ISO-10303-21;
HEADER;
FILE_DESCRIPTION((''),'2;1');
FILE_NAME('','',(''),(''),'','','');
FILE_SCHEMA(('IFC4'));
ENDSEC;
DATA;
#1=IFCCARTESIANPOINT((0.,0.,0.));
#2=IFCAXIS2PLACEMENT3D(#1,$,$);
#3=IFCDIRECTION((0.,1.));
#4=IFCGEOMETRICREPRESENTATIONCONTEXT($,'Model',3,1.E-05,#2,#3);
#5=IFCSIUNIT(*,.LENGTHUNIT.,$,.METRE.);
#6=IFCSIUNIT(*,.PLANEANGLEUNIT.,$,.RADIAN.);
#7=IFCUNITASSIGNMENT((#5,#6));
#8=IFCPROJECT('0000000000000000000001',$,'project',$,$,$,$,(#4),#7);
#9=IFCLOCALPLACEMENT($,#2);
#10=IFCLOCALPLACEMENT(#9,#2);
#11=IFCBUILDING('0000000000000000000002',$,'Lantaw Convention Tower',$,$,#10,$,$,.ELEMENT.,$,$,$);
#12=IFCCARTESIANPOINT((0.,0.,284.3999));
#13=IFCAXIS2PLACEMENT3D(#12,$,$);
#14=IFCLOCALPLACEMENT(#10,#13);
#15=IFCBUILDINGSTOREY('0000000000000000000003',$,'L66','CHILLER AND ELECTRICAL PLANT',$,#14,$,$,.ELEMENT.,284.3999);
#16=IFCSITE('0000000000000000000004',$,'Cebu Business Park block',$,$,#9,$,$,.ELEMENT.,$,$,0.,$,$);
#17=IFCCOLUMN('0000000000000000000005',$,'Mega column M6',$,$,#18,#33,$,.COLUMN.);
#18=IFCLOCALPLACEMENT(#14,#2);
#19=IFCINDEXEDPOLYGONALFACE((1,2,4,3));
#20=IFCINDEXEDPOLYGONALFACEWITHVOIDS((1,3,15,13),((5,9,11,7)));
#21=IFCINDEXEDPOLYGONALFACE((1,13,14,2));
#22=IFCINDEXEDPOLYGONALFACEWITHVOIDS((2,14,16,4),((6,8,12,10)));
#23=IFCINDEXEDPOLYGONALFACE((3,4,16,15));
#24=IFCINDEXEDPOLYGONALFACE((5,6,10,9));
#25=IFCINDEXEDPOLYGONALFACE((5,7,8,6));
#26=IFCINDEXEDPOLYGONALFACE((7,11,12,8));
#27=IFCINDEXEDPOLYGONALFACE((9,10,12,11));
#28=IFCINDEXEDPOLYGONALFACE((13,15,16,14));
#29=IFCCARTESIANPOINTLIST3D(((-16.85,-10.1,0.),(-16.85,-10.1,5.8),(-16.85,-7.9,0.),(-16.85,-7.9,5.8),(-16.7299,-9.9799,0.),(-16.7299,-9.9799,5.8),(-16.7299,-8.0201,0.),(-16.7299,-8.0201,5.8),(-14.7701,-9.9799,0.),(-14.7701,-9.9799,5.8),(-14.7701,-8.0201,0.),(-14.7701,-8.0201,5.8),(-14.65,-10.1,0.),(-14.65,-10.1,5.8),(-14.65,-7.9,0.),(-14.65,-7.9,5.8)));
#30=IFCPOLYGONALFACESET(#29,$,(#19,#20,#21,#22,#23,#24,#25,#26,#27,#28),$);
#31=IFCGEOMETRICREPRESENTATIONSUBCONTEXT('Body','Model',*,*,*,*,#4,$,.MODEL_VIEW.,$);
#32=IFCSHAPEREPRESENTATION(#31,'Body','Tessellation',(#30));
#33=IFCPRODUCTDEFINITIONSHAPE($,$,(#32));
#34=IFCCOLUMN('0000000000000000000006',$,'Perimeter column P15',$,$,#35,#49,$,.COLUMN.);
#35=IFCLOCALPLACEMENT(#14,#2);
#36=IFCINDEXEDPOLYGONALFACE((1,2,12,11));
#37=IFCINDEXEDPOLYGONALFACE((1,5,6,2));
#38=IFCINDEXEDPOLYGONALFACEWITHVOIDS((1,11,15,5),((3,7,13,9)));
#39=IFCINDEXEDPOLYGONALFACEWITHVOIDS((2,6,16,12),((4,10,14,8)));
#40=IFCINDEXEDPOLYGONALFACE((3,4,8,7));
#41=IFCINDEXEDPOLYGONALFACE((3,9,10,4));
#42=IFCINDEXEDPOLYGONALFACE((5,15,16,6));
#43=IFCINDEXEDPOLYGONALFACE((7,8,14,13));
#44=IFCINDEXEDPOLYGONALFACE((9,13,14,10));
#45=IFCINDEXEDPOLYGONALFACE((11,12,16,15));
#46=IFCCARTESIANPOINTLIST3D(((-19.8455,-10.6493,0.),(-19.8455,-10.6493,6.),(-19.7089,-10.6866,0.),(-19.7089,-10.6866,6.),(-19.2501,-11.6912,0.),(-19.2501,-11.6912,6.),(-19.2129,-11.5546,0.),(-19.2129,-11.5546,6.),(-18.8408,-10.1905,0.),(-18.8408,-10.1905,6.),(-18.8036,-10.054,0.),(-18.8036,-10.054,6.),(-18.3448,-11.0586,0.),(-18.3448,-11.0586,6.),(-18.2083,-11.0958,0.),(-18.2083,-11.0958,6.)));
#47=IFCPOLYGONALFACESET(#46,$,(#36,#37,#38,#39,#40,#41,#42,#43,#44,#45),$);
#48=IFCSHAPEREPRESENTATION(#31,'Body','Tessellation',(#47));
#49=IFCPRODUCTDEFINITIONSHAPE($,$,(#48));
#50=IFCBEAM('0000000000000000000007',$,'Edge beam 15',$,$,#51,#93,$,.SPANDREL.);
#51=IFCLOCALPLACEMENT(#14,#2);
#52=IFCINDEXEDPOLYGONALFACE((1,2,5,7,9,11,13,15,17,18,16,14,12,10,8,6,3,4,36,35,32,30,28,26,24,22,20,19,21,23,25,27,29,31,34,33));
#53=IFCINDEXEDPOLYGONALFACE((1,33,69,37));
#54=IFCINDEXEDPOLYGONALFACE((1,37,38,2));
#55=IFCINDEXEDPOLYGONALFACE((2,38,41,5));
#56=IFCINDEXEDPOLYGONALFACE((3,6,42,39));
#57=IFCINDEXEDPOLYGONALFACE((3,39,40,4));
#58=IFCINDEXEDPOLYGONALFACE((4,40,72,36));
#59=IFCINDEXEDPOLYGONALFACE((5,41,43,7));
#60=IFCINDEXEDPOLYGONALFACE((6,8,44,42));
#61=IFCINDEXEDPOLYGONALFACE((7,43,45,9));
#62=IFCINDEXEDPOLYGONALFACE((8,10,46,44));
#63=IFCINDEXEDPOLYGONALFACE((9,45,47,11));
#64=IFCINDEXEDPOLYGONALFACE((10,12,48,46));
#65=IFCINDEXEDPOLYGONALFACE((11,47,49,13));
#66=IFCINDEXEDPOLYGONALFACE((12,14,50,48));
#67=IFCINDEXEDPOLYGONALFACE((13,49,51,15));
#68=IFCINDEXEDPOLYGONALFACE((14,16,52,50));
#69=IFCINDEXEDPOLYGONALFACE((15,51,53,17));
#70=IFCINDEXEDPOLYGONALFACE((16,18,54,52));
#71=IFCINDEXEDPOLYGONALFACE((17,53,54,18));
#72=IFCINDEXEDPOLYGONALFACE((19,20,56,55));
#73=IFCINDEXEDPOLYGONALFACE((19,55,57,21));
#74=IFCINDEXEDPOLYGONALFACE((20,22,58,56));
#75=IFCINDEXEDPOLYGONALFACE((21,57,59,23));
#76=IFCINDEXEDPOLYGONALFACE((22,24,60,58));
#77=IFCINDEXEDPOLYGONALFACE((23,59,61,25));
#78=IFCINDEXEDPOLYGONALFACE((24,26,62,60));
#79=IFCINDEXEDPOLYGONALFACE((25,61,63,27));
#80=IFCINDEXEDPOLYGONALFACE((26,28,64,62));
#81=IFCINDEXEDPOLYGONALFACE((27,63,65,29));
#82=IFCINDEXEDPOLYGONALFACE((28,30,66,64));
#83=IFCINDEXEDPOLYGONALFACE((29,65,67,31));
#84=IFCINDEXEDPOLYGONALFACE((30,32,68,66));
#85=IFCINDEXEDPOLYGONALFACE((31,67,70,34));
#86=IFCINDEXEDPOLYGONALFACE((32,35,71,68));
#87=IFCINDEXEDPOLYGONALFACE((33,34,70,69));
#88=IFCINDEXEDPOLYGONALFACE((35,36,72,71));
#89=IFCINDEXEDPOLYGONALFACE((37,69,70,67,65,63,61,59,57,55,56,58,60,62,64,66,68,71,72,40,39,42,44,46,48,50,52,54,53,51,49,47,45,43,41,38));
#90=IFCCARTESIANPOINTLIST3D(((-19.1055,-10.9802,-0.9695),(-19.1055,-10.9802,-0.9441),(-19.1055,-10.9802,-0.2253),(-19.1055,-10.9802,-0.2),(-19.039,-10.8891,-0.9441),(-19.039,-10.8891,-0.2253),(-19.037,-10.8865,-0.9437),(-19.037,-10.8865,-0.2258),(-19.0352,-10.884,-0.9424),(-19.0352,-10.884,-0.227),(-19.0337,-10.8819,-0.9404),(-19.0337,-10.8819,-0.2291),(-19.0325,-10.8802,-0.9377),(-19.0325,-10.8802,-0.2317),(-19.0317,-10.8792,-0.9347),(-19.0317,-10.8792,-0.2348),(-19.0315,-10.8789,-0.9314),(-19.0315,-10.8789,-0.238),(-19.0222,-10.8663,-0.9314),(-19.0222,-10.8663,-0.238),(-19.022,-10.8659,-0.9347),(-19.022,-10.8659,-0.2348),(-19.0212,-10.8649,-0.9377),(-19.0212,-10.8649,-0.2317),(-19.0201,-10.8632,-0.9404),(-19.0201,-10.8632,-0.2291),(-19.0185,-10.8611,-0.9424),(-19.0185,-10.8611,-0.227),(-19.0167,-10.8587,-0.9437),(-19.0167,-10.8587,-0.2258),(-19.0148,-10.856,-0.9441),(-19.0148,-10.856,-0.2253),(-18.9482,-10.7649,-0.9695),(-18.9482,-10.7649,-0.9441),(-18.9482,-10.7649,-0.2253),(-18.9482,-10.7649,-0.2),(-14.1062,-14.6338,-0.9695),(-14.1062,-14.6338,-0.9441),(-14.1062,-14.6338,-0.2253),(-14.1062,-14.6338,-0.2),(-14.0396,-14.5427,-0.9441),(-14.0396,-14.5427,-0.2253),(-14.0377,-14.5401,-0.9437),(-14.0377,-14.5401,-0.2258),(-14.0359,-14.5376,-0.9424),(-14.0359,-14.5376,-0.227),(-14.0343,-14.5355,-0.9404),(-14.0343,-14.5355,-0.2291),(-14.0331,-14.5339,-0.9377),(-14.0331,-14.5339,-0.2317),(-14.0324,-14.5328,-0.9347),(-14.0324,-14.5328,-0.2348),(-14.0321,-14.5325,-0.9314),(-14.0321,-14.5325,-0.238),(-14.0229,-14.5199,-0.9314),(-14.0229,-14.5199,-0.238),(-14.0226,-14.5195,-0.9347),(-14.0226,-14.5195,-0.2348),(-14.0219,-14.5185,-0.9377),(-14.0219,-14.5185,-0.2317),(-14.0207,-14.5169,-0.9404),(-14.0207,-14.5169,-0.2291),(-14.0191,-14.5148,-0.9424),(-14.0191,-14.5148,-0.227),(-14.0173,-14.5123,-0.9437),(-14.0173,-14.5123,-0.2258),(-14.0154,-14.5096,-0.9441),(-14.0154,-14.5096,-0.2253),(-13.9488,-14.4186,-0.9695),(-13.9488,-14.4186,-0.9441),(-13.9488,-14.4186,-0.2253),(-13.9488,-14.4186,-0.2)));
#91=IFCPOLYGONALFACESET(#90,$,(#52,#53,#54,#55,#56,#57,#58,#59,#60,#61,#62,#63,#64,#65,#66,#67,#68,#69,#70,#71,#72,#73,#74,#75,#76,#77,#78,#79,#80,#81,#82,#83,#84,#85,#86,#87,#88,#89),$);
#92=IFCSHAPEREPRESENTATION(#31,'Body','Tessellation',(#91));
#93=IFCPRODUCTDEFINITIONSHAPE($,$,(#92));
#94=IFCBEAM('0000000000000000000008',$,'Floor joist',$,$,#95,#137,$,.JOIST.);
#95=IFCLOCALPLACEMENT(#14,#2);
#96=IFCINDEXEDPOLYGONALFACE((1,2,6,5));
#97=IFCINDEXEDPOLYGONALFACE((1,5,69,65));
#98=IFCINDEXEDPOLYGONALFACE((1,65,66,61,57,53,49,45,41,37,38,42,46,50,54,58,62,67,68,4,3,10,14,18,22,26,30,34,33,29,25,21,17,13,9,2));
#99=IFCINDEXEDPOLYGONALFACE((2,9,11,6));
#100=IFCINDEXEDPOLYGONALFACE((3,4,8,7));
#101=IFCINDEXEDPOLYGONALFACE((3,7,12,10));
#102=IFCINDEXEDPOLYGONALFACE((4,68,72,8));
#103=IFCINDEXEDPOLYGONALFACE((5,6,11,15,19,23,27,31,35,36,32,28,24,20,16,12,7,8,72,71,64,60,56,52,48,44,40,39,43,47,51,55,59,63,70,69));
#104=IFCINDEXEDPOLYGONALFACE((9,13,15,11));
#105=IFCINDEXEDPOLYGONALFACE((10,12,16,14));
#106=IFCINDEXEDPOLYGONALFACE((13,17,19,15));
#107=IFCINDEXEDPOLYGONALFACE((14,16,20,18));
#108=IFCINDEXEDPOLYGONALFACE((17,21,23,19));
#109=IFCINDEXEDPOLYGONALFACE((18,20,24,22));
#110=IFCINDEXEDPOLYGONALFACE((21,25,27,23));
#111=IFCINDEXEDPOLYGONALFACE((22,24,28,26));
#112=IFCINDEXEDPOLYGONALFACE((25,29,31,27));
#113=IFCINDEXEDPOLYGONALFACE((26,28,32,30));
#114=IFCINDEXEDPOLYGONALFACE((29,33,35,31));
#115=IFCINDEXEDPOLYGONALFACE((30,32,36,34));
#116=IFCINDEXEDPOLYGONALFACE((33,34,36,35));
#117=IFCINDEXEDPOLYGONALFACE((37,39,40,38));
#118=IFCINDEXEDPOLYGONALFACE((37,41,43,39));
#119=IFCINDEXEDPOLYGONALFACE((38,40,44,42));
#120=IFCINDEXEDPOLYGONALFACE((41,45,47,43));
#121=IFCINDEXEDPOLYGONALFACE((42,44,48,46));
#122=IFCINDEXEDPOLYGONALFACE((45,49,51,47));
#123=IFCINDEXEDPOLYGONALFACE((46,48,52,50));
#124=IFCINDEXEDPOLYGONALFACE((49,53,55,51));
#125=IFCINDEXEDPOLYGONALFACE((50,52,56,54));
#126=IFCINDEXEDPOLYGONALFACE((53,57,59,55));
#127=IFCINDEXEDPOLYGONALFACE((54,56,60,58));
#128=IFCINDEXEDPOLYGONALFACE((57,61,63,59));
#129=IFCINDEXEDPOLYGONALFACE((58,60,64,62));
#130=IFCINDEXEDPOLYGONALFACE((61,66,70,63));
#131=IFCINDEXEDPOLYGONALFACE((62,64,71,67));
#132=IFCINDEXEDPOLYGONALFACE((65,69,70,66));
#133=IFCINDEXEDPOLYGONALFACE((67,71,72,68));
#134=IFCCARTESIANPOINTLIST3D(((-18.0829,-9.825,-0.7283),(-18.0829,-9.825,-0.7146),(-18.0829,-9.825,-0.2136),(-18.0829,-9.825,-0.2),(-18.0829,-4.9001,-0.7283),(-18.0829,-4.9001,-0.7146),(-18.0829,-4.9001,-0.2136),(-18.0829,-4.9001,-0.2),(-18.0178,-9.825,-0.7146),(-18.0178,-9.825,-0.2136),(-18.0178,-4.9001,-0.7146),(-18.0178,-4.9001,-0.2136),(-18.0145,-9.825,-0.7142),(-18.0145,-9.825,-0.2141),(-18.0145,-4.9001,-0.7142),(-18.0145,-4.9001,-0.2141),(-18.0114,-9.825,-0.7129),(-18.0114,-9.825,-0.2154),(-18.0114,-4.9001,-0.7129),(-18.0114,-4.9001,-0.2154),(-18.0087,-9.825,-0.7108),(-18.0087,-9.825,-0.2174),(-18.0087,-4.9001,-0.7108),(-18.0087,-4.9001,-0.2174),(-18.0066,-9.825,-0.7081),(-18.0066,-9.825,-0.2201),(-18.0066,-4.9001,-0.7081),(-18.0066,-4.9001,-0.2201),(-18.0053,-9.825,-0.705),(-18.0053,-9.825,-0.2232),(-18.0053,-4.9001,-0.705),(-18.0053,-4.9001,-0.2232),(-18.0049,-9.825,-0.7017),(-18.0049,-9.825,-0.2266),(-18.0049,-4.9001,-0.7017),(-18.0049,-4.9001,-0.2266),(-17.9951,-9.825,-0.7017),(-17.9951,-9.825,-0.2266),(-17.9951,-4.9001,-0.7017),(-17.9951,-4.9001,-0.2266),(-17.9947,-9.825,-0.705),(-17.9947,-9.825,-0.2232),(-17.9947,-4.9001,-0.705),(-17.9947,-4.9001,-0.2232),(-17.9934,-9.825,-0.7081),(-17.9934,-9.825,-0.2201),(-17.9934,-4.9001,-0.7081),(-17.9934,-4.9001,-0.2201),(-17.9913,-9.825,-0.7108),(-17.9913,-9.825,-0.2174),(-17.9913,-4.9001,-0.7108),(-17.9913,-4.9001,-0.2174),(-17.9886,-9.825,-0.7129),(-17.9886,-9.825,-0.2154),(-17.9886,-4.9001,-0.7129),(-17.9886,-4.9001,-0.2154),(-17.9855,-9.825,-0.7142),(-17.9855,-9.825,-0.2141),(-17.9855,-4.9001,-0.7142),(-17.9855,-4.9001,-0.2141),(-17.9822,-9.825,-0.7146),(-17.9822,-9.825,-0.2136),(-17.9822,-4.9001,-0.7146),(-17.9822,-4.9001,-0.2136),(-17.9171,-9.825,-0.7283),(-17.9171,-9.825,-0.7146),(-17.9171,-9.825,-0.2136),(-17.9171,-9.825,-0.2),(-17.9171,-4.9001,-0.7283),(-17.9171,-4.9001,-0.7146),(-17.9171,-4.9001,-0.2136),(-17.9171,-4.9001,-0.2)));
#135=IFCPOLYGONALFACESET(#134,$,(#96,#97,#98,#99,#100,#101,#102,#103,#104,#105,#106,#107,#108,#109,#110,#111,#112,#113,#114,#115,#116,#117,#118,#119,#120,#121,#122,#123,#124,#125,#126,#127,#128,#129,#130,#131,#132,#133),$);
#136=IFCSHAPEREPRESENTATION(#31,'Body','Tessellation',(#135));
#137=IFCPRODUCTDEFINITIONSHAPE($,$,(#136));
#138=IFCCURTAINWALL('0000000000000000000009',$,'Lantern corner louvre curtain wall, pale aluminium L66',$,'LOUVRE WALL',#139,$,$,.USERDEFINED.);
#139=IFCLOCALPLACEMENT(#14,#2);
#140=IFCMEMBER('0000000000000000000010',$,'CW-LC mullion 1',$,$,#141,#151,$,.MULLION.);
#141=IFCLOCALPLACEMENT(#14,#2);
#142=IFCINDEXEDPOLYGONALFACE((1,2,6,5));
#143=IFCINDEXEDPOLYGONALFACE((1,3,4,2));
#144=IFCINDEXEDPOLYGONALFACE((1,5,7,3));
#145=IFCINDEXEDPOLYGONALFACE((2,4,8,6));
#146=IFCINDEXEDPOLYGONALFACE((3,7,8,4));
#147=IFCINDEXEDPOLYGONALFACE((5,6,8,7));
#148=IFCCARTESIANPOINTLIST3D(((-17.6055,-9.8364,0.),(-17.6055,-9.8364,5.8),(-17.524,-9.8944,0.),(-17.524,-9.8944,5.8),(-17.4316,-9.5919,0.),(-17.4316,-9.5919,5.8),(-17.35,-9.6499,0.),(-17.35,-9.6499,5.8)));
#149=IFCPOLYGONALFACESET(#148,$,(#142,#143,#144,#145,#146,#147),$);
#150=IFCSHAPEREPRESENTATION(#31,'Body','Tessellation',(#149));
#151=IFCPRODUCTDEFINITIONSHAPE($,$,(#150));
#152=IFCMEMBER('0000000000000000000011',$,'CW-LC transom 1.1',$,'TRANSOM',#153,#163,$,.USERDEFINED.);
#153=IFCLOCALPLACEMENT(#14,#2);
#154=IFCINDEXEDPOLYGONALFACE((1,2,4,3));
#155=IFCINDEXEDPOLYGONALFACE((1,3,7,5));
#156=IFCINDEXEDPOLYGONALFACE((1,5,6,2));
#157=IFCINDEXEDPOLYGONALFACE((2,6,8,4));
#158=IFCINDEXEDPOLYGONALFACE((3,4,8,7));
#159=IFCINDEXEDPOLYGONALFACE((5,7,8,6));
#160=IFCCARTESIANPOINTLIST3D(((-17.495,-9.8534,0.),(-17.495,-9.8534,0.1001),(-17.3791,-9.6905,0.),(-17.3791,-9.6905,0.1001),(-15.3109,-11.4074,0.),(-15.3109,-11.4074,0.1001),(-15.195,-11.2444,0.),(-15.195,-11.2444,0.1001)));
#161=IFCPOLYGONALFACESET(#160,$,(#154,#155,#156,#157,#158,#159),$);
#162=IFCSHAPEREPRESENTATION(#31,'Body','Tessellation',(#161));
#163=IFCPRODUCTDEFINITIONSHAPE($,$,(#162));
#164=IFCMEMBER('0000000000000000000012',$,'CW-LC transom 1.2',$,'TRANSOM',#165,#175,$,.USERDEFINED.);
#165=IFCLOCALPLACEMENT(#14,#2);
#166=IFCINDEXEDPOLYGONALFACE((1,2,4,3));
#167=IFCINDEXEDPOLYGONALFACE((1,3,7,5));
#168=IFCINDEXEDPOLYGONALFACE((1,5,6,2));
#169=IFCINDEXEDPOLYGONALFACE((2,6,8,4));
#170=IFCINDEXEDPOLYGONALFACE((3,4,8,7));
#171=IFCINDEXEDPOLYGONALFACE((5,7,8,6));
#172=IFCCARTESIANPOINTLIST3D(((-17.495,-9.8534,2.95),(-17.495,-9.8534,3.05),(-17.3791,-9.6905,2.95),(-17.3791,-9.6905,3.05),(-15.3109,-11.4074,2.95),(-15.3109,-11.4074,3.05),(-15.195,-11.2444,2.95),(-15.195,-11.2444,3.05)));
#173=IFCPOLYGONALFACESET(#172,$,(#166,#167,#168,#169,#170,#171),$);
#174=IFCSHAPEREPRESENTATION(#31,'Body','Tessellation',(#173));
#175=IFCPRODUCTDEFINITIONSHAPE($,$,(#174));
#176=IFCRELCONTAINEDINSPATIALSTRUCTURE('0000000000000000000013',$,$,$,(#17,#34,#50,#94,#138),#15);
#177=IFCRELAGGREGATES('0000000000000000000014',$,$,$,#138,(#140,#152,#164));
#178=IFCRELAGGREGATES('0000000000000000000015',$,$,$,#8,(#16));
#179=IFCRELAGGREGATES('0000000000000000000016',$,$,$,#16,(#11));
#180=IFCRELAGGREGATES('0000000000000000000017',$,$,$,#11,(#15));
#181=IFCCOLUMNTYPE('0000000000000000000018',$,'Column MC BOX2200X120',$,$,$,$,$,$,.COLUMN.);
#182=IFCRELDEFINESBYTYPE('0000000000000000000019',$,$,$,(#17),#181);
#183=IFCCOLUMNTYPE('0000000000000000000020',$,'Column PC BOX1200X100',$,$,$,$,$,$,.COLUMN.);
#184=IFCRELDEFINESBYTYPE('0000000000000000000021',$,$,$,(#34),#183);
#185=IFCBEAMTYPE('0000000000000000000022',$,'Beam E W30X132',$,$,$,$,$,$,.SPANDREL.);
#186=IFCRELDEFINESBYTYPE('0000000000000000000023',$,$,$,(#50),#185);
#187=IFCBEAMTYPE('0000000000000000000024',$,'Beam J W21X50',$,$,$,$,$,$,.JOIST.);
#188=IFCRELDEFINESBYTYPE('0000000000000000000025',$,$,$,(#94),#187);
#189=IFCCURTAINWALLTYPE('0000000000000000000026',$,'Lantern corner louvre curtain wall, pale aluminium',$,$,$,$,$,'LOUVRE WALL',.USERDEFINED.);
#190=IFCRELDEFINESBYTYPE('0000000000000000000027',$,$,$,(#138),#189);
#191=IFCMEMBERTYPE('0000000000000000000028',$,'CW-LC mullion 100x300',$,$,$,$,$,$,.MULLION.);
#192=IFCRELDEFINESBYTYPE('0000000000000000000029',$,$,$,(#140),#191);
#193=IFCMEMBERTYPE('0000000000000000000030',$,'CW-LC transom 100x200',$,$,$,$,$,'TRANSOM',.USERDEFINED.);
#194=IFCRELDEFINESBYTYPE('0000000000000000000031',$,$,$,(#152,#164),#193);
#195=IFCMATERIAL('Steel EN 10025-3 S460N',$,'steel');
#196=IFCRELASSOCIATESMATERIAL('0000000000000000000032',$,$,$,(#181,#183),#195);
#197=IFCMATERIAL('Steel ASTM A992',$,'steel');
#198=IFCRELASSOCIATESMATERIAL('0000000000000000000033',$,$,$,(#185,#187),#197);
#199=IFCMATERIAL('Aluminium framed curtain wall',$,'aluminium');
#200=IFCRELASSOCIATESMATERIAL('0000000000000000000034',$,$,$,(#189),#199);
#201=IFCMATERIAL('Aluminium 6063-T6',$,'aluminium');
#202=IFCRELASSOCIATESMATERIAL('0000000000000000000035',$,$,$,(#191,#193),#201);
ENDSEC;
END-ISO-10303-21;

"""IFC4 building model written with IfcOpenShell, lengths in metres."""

from ifc_helpers import new_model, si_unit, direction, frame, origin, origin_2d, place, context, subcontext, project, spatial, rectangle, hollow_rectangle, i_section, extrude, material, material_profile, profile_set, type_object, element, aggregate, save


model = new_model("IFC4")

# Units and contexts
model_context = context("Model", 3, precision=1e-05, world=origin(), true_north=direction((0.0, 1.0)))
body_context = subcontext(model_context, "Body", "Model", "MODEL_VIEW")
ifc_project = project(units=[si_unit("LENGTHUNIT", "METRE"), si_unit("PLANEANGLEUNIT", "RADIAN")], contexts=[model_context])

# Site, building, storey
site_placement = place(None, origin())
site = spatial("IfcSite", under=ifc_project, at=site_placement, Name="Cebu Business Park block", CompositionType="ELEMENT", RefElevation=0.0)
building_placement = place(site_placement, origin())
building = spatial("IfcBuilding", under=site, at=building_placement, Name="Lantaw Convention Tower", CompositionType="ELEMENT")
storey_placement = place(building_placement, frame((0.0, 0.0, 284.3999)))
storey = spatial("IfcBuildingStorey", under=building, at=storey_placement, Name="L66", Description="CHILLER AND ELECTRICAL PLANT", CompositionType="ELEMENT", Elevation=284.3999)

# Columns
ifc_material_1 = material(Name="Steel EN 10025-3 S460N", Category="steel")
ifc_material_profile_1 = material_profile(ifc_material_1, hollow_rectangle(XDim=2.2, YDim=2.2, WallThickness=0.1201, at=origin_2d()), Name="BOX2200X120")
ifc_material_2 = material(Name="Concrete C60/75", Category="concrete")
ifc_material_profile_2 = material_profile(ifc_material_2, rectangle(XDim=1.96, YDim=1.96, at=origin_2d()), Name="Concrete fill of BOX2200X120")
ifc_profile_set_1 = profile_set([ifc_material_profile_1, ifc_material_profile_2], Name="Steel EN 10025-3 S460N")
column_type_1 = type_object("IfcColumnType", Name="Column MC BOX2200X120", PredefinedType="COLUMN", material=ifc_profile_set_1)
column_1_placement = place(storey_placement, frame((-15.75, -9.0, 0.0), z_axis=(0.0, 0.0, 1.0), x_axis=(1.0, 0.0, 0.0)))
element("IfcColumn", 1, at=column_1_placement, inside=storey, type_object=column_type_1, Name="Mega column M6", PredefinedType="COLUMN", context=body_context, shape_type="SweptSolid", body=[
    extrude(hollow_rectangle(XDim=2.2, YDim=2.2, WallThickness=0.1201, at=origin_2d()), origin(), (0.0, 0.0, 1.0), 5.8),
])
ifc_material_profile_3 = material_profile(ifc_material_1, hollow_rectangle(XDim=1.2, YDim=1.2, WallThickness=0.1001, at=origin_2d()), Name="BOX1200X100")
ifc_material_profile_4 = material_profile(ifc_material_2, rectangle(XDim=1.0, YDim=1.0, at=origin_2d()), Name="Concrete fill of BOX1200X100")
ifc_profile_set_2 = profile_set([ifc_material_profile_3, ifc_material_profile_4], Name="Steel EN 10025-3 S460N")
column_type_2 = type_object("IfcColumnType", Name="Column PC BOX1200X100", PredefinedType="COLUMN", material=ifc_profile_set_2)
column_2_placement = place(storey_placement, frame((-19.0269, -10.8726, 0.0), z_axis=(0.0, 0.0, 1.0), x_axis=(0.868243, 0.496139, 0.0)))
element("IfcColumn", 2, at=column_2_placement, inside=storey, type_object=column_type_2, Name="Perimeter column P15", PredefinedType="COLUMN", context=body_context, shape_type="SweptSolid", body=[
    extrude(hollow_rectangle(XDim=1.2, YDim=1.2, WallThickness=0.1001, at=origin_2d()), origin(), (0.0, 0.0, 1.0), 6.0),
])

# Beams
ifc_material_3 = material(Name="Steel ASTM A992", Category="steel")
ifc_material_profile_5 = material_profile(ifc_material_3, i_section(OverallWidth=0.2666, OverallDepth=0.7695, WebThickness=0.0156, FlangeThickness=0.0254, FilletRadius=0.0127, at=origin_2d()), Name="W30X132")
ifc_profile_set_3 = profile_set([ifc_material_profile_5], Name="Steel ASTM A992")
beam_type_1 = type_object("IfcBeamType", Name="Beam E W30X132", PredefinedType="SPANDREL", material=ifc_profile_set_3)
beam_1_placement = place(storey_placement, frame((-19.0269, -10.8726, -0.5847), z_axis=(0.807372, -0.590043, 0.0), x_axis=(0.590043, 0.807372, 0.0)))
element("IfcBeam", 3, at=beam_1_placement, inside=storey, type_object=beam_type_1, Name="Edge beam 15", PredefinedType="SPANDREL", context=body_context, shape_type="SweptSolid", body=[
    extrude(i_section(OverallWidth=0.2666, OverallDepth=0.7695, WebThickness=0.0156, FlangeThickness=0.0254, FilletRadius=0.0127, at=origin_2d()), origin(), (0.0, 0.0, 1.0), 6.1921),
])
ifc_material_profile_6 = material_profile(ifc_material_3, i_section(OverallWidth=0.1658, OverallDepth=0.5283, WebThickness=0.0098, FlangeThickness=0.0137, FilletRadius=0.0129, at=origin_2d()), Name="W21X50")
ifc_profile_set_4 = profile_set([ifc_material_profile_6], Name="Steel ASTM A992")
beam_type_2 = type_object("IfcBeamType", Name="Beam J W21X50", PredefinedType="JOIST", material=ifc_profile_set_4)
beam_2_placement = place(storey_placement, frame((-18.0, -9.825, -0.4641), z_axis=(0.0, 1.0, 0.0), x_axis=(-1.0, 0.0, 0.0)))
element("IfcBeam", 4, at=beam_2_placement, inside=storey, type_object=beam_type_2, Name="Floor joist", PredefinedType="JOIST", context=body_context, shape_type="SweptSolid", body=[
    extrude(i_section(OverallWidth=0.1658, OverallDepth=0.5283, WebThickness=0.0098, FlangeThickness=0.0137, FilletRadius=0.0129, at=origin_2d()), origin(), (0.0, 0.0, 1.0), 4.9248),
])

# Curtain wall, members
ifc_material_4 = material(Name="Aluminium framed curtain wall", Category="aluminium")
curtain_wall_type_1 = type_object("IfcCurtainWallType", Name="Lantern corner louvre curtain wall, pale aluminium", ElementType="LOUVRE WALL", PredefinedType="USERDEFINED", material=ifc_material_4)
curtain_wall_1_placement = place(storey_placement, origin())
curtain_wall_1 = element("IfcCurtainWall", 5, at=curtain_wall_1_placement, inside=storey, type_object=curtain_wall_type_1, Name="Lantern corner louvre curtain wall, pale aluminium L66", ObjectType="LOUVRE WALL", PredefinedType="USERDEFINED")
ifc_material_5 = material(Name="Aluminium 6063-T6", Category="aluminium")
ifc_material_profile_7 = material_profile(ifc_material_5, rectangle(XDim=0.3, YDim=0.1001, at=origin_2d()), Name="CW-LC mullion 100x300")
ifc_profile_set_5 = profile_set([ifc_material_profile_7], Name="Aluminium 6063-T6")
member_type_1 = type_object("IfcMemberType", Name="CW-LC mullion 100x300", PredefinedType="MULLION", material=ifc_profile_set_5)
member_1_placement = place(storey_placement, frame((-17.4778, -9.7432, 0.0), z_axis=(0.0, 0.0, 1.0), x_axis=(0.579684, 0.814841, 0.0)))
member_1 = element("IfcMember", 6, at=member_1_placement, type_object=member_type_1, Name="CW-LC mullion 1", PredefinedType="MULLION", context=body_context, shape_type="SweptSolid", body=[
    extrude(rectangle(XDim=0.3, YDim=0.1001, at=origin_2d()), origin(), (0.0, 0.0, 1.0), 5.8),
])
ifc_material_profile_8 = material_profile(ifc_material_5, rectangle(XDim=0.2, YDim=0.1001, at=origin_2d()), Name="CW-LC transom 100x200")
ifc_profile_set_6 = profile_set([ifc_material_profile_8], Name="Aluminium 6063-T6")
member_type_2 = type_object("IfcMemberType", Name="CW-LC transom 100x200", ElementType="TRANSOM", PredefinedType="USERDEFINED", material=ifc_profile_set_6)
member_2_placement = place(storey_placement, frame((-17.437, -9.772, 0.05), z_axis=(0.814809, -0.579729, 0.0), x_axis=(0.579729, 0.814809, 0.0)))
member_2 = element("IfcMember", 7, at=member_2_placement, type_object=member_type_2, Name="CW-LC transom 1.1", ObjectType="TRANSOM", PredefinedType="USERDEFINED", context=body_context, shape_type="SweptSolid", body=[
    extrude(rectangle(XDim=0.2, YDim=0.1001, at=origin_2d()), origin(), (0.0, 0.0, 1.0), 2.6804),
])
member_3_placement = place(storey_placement, frame((-17.437, -9.772, 3.0), z_axis=(0.814809, -0.579729, 0.0), x_axis=(0.579729, 0.814809, 0.0)))
member_3 = element("IfcMember", 8, at=member_3_placement, type_object=member_type_2, Name="CW-LC transom 1.2", ObjectType="TRANSOM", PredefinedType="USERDEFINED", context=body_context, shape_type="SweptSolid", body=[
    extrude(rectangle(XDim=0.2, YDim=0.1001, at=origin_2d()), origin(), (0.0, 0.0, 1.0), 2.6804),
])

aggregate(curtain_wall_1, [member_1, member_2, member_3])

save(model, "model.ifc")
